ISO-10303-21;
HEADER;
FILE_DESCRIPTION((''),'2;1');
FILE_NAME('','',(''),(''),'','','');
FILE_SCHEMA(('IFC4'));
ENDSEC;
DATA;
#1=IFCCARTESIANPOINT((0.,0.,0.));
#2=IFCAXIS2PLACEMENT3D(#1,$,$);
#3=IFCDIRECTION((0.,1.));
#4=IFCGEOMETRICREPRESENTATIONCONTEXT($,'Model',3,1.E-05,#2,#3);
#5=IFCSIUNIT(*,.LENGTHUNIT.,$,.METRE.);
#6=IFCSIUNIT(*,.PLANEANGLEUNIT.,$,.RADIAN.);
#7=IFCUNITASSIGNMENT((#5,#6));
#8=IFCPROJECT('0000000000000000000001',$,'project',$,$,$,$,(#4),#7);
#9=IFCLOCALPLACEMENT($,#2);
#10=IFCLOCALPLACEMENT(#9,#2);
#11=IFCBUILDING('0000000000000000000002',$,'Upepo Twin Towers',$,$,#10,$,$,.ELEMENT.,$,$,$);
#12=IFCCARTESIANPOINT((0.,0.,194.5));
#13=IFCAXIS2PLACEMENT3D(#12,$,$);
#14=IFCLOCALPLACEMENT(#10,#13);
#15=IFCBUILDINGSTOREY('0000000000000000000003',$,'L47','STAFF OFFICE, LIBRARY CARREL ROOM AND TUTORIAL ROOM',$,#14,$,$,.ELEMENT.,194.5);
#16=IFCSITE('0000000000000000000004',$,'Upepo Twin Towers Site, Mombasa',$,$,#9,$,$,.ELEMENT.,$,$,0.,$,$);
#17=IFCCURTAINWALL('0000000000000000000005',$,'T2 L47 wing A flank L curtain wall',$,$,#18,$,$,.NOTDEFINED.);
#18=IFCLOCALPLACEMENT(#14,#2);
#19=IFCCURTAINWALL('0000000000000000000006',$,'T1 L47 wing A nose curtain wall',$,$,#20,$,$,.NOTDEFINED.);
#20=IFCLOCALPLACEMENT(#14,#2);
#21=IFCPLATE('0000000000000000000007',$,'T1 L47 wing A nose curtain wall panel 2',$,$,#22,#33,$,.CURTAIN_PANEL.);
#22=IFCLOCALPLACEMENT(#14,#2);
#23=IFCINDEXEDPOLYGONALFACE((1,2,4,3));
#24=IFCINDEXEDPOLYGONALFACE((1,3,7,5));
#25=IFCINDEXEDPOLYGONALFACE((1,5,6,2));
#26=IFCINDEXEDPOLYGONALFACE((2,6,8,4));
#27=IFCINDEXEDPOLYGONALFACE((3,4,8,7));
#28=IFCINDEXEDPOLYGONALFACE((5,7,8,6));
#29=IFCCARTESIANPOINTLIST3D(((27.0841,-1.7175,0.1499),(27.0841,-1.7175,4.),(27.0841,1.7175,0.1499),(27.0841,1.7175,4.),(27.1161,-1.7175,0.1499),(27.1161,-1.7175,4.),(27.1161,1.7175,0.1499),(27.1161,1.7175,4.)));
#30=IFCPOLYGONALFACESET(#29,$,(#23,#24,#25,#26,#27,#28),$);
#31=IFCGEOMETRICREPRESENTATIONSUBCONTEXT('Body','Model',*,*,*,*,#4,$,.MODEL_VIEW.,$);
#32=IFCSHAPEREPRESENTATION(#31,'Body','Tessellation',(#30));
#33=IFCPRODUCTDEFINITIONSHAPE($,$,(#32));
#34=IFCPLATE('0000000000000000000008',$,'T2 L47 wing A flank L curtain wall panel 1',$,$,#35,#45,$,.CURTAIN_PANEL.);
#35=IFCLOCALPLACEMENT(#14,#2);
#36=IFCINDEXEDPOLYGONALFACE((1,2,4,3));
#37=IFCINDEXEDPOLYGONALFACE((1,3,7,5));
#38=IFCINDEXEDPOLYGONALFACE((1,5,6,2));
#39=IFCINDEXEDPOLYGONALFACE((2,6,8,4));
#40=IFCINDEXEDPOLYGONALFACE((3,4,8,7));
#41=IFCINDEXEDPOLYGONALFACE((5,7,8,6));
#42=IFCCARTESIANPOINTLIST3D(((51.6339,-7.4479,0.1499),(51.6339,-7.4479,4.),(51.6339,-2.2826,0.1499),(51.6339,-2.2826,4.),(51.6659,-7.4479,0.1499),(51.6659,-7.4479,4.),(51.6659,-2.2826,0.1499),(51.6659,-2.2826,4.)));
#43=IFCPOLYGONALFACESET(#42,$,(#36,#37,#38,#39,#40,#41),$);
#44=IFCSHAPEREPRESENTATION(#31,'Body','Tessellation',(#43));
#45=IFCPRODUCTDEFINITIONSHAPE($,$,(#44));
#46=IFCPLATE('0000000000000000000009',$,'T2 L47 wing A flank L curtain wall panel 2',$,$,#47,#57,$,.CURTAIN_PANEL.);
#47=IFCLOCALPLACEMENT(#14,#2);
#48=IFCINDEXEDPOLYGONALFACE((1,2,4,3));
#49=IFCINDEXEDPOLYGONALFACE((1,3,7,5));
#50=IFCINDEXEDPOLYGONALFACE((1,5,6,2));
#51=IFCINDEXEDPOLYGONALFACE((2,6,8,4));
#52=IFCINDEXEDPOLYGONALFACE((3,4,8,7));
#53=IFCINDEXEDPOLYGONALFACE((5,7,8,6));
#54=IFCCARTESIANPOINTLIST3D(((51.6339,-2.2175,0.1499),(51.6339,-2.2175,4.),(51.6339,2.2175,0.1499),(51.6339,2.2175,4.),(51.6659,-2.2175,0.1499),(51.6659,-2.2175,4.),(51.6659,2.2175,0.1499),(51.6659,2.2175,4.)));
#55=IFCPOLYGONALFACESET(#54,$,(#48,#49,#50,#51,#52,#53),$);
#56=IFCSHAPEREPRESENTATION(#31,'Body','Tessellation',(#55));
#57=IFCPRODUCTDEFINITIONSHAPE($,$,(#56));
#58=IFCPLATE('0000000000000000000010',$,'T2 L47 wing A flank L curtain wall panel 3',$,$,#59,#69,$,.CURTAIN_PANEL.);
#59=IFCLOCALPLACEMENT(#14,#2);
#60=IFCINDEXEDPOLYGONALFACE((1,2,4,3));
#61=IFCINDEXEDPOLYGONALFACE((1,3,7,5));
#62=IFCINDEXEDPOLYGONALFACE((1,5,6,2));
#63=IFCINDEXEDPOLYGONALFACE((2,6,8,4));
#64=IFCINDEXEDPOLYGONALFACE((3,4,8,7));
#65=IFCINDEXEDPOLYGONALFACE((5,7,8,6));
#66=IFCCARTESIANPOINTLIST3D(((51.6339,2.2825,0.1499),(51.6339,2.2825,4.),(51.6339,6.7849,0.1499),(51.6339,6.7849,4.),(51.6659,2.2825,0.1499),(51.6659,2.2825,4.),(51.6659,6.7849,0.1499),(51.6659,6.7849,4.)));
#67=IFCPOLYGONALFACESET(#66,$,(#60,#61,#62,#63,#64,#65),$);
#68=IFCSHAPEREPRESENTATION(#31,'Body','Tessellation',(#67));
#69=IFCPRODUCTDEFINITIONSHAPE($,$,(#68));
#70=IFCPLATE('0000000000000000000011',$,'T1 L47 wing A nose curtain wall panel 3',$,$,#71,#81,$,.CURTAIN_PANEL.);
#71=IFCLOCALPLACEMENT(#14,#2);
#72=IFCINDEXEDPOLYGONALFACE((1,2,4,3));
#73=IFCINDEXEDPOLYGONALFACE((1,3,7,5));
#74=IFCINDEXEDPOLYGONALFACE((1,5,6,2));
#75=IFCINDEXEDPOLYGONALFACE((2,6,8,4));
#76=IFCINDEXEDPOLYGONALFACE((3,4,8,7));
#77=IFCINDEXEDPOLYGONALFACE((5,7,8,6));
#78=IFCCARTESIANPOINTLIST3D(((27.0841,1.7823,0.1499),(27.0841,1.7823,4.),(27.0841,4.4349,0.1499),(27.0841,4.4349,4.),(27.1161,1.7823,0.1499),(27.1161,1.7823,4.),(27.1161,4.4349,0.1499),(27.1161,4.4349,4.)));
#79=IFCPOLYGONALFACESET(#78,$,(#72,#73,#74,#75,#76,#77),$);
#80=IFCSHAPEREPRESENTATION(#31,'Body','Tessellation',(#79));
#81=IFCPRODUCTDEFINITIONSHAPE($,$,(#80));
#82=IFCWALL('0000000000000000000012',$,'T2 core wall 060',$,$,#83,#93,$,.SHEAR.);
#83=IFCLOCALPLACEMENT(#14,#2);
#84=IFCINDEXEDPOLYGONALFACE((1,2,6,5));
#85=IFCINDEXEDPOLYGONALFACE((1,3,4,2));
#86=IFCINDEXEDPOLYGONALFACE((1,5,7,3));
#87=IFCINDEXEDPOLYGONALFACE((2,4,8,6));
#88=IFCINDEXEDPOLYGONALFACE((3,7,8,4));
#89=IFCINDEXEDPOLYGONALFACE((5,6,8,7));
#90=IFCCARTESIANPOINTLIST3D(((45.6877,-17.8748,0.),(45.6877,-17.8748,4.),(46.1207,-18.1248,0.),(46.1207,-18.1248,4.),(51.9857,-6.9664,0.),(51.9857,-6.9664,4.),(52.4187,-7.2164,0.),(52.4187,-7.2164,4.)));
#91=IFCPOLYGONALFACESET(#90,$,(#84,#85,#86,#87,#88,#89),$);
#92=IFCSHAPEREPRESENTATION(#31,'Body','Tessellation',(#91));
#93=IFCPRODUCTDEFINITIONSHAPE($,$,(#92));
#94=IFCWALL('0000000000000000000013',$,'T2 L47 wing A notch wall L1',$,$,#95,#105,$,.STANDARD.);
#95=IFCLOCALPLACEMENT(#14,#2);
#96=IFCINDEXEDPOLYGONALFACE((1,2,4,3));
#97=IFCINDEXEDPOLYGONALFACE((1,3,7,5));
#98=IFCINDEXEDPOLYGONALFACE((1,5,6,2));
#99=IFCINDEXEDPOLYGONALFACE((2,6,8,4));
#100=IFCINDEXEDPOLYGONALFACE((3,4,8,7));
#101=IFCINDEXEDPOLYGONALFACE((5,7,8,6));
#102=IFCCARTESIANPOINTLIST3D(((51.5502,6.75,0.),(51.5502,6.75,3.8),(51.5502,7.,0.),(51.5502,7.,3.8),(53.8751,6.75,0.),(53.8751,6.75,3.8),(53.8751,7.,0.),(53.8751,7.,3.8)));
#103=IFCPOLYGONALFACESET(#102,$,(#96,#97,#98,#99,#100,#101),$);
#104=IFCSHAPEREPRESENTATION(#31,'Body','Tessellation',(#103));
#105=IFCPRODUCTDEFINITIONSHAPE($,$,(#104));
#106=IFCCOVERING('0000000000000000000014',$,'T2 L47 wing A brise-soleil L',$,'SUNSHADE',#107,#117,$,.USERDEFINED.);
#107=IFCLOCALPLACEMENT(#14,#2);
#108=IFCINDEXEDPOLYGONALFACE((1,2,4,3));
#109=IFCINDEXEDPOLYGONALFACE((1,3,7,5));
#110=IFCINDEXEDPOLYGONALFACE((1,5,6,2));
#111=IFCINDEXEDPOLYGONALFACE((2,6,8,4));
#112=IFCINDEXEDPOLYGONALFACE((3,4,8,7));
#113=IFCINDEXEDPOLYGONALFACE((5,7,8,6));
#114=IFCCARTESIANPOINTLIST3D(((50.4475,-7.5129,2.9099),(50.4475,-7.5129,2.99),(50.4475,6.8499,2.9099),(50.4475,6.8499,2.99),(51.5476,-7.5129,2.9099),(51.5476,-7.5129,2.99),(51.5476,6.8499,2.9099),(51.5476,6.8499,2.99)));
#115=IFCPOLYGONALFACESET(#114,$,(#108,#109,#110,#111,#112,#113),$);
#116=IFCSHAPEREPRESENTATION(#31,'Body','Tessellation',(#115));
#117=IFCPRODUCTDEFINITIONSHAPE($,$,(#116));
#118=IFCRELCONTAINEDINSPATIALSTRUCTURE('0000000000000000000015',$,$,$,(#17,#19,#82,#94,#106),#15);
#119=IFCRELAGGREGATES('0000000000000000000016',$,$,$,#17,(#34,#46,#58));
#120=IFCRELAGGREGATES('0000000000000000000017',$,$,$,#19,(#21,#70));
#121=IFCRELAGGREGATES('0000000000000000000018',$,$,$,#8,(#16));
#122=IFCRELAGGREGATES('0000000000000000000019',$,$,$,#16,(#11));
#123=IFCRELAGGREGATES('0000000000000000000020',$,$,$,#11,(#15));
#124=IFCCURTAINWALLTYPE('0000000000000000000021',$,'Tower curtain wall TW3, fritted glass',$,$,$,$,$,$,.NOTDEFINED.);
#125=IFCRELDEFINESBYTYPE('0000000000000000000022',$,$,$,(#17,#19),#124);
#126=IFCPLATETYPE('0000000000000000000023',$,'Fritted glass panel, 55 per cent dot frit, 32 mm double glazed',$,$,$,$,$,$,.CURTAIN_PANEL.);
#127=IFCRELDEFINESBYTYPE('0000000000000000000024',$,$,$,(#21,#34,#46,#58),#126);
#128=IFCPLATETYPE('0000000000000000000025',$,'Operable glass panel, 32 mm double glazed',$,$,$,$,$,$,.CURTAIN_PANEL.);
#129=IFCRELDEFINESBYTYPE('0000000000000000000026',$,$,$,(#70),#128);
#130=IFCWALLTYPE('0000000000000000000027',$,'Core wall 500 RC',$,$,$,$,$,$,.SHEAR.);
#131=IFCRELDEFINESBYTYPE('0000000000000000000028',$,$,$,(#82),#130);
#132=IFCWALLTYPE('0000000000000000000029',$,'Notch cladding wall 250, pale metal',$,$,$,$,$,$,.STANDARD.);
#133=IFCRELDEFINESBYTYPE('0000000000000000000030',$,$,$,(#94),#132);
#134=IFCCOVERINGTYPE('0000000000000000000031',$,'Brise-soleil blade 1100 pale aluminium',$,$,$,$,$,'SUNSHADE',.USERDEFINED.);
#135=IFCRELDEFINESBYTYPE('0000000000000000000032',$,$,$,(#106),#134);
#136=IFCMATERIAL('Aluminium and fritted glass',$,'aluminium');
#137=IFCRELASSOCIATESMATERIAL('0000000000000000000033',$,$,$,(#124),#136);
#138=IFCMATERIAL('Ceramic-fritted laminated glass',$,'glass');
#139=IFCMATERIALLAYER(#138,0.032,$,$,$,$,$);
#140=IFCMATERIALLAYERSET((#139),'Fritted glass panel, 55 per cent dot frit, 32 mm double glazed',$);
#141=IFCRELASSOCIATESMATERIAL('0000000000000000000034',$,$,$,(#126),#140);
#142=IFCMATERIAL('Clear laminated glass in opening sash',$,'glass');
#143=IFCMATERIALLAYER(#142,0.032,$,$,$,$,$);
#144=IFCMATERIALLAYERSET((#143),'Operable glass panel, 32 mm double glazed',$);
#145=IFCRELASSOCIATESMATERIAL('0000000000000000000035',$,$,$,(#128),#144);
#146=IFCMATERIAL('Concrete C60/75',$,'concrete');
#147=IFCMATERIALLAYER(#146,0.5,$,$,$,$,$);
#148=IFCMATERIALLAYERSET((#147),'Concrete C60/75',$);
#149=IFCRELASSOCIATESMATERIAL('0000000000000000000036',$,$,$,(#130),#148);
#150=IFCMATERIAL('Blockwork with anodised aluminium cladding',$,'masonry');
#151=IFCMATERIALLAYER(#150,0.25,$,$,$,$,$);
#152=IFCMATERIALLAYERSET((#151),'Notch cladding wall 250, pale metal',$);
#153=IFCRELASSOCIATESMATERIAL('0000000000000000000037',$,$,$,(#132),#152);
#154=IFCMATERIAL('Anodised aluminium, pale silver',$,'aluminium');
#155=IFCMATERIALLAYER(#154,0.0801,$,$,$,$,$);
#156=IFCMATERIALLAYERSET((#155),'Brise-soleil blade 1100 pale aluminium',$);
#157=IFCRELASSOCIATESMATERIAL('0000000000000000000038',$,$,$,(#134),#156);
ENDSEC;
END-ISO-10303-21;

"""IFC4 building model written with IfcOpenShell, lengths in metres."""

from ifc_helpers import new_model, si_unit, direction, frame, frame_2d, origin, origin_2d, place, context, subcontext, project, spatial, rectangle, extrude, material, layer, layer_set, type_object, element, aggregate, save


model = new_model("IFC4")

# Units and contexts
model_context = context("Model", 3, precision=1e-05, world=origin(), true_north=direction((0.0, 1.0)))
body_context = subcontext(model_context, "Body", "Model", "MODEL_VIEW")
ifc_project = project(units=[si_unit("LENGTHUNIT", "METRE"), si_unit("PLANEANGLEUNIT", "RADIAN")], contexts=[model_context])

# Site, building, storey
site_placement = place(None, origin())
site = spatial("IfcSite", under=ifc_project, at=site_placement, Name="Upepo Twin Towers Site, Mombasa", CompositionType="ELEMENT", RefElevation=0.0)
building_placement = place(site_placement, origin())
building = spatial("IfcBuilding", under=site, at=building_placement, Name="Upepo Twin Towers", CompositionType="ELEMENT")
storey_placement = place(building_placement, frame((0.0, 0.0, 194.5)))
storey = spatial("IfcBuildingStorey", under=building, at=storey_placement, Name="L47", Description="STAFF OFFICE, LIBRARY CARREL ROOM AND TUTORIAL ROOM", CompositionType="ELEMENT", Elevation=194.5)

# Curtain wall
ifc_material_1 = material(Name="Aluminium and fritted glass", Category="aluminium")
curtain_wall_type = type_object("IfcCurtainWallType", Name="Tower curtain wall TW3, fritted glass", PredefinedType="NOTDEFINED", material=ifc_material_1)
curtain_wall_1_placement = place(storey_placement, origin())
curtain_wall_1 = element("IfcCurtainWall", 1, at=curtain_wall_1_placement, inside=storey, type_object=curtain_wall_type, Name="T2 L47 wing A flank L curtain wall", PredefinedType="NOTDEFINED")

# Curtain wall
curtain_wall_2_placement = place(storey_placement, origin())
curtain_wall_2 = element("IfcCurtainWall", 2, at=curtain_wall_2_placement, inside=storey, type_object=curtain_wall_type, Name="T1 L47 wing A nose curtain wall", PredefinedType="NOTDEFINED")

# Plates
ifc_material_2 = material(Name="Ceramic-fritted laminated glass", Category="glass")
ifc_layer_1 = layer(ifc_material_2, 0.032)
ifc_layer_set_1 = layer_set([ifc_layer_1], Name="Fritted glass panel, 55 per cent dot frit, 32 mm double glazed")
plate_type_1 = type_object("IfcPlateType", Name="Fritted glass panel, 55 per cent dot frit, 32 mm double glazed", PredefinedType="CURTAIN_PANEL", material=ifc_layer_set_1)
plate_1_placement = place(storey_placement, frame((27.1001, 0.0, 0.1499), z_axis=(0.0, 0.0, 1.0), x_axis=(0.0, 1.0, 0.0)))
plate_1 = element("IfcPlate", 3, at=plate_1_placement, type_object=plate_type_1, Name="T1 L47 wing A nose curtain wall panel 2", PredefinedType="CURTAIN_PANEL", context=body_context, shape_type="SweptSolid", body=[
    extrude(rectangle(XDim=3.4351, YDim=0.032, at=origin_2d()), origin(), (0.0, 0.0, 1.0), 3.8501),
])
plate_2_placement = place(storey_placement, frame((51.6499, -4.8652, 0.1499), z_axis=(0.0, 0.0, 1.0), x_axis=(0.0, 1.0, 0.0)))
plate_2 = element("IfcPlate", 4, at=plate_2_placement, type_object=plate_type_1, Name="T2 L47 wing A flank L curtain wall panel 1", PredefinedType="CURTAIN_PANEL", context=body_context, shape_type="SweptSolid", body=[
    extrude(rectangle(XDim=5.1653, YDim=0.032, at=origin_2d()), origin(), (0.0, 0.0, 1.0), 3.8501),
])
plate_3_placement = place(storey_placement, frame((51.6499, 0.0, 0.1499), z_axis=(0.0, 0.0, 1.0), x_axis=(0.0, 1.0, 0.0)))
plate_3 = element("IfcPlate", 5, at=plate_3_placement, type_object=plate_type_1, Name="T2 L47 wing A flank L curtain wall panel 2", PredefinedType="CURTAIN_PANEL", context=body_context, shape_type="SweptSolid", body=[
    extrude(rectangle(XDim=4.4351, YDim=0.032, at=origin_2d()), origin(), (0.0, 0.0, 1.0), 3.8501),
])
plate_4_placement = place(storey_placement, frame((51.6499, 4.5337, 0.1499), z_axis=(0.0, 0.0, 1.0), x_axis=(0.0, 1.0, 0.0)))
plate_4 = element("IfcPlate", 6, at=plate_4_placement, type_object=plate_type_1, Name="T2 L47 wing A flank L curtain wall panel 3", PredefinedType="CURTAIN_PANEL", context=body_context, shape_type="SweptSolid", body=[
    extrude(rectangle(XDim=4.5024, YDim=0.032, at=origin_2d()), origin(), (0.0, 0.0, 1.0), 3.8501),
])
aggregate(curtain_wall_1, [plate_2, plate_3, plate_4])
ifc_material_3 = material(Name="Clear laminated glass in opening sash", Category="glass")
ifc_layer_2 = layer(ifc_material_3, 0.032)
ifc_layer_set_2 = layer_set([ifc_layer_2], Name="Operable glass panel, 32 mm double glazed")
plate_type_2 = type_object("IfcPlateType", Name="Operable glass panel, 32 mm double glazed", PredefinedType="CURTAIN_PANEL", material=ifc_layer_set_2)
plate_5_placement = place(storey_placement, frame((27.1001, 3.1086, 0.1499), z_axis=(0.0, 0.0, 1.0), x_axis=(0.0, 1.0, 0.0)))
plate_5 = element("IfcPlate", 7, at=plate_5_placement, type_object=plate_type_2, Name="T1 L47 wing A nose curtain wall panel 3", PredefinedType="CURTAIN_PANEL", context=body_context, shape_type="SweptSolid", body=[
    extrude(rectangle(XDim=2.6526, YDim=0.032, at=origin_2d()), origin(), (0.0, 0.0, 1.0), 3.8501),
])
aggregate(curtain_wall_2, [plate_1, plate_5])

# Walls
ifc_material_4 = material(Name="Concrete C60/75", Category="concrete")
ifc_layer_3 = layer(ifc_material_4, 0.5)
ifc_layer_set_3 = layer_set([ifc_layer_3], Name="Concrete C60/75")
wall_type_1 = type_object("IfcWallType", Name="Core wall 500 RC", PredefinedType="SHEAR", material=ifc_layer_set_3)
wall_1_placement = place(storey_placement, frame((52.2021, -7.0916, 0.0), z_axis=(0.0, 0.0, 1.0), x_axis=(-0.500006, -0.866022, 0.0)))
element("IfcWall", 8, at=wall_1_placement, inside=storey, type_object=wall_type_1, Name="T2 core wall 060", PredefinedType="SHEAR", context=body_context, shape_type="SweptSolid", body=[
    extrude(rectangle(XDim=12.5959, YDim=0.5, at=frame_2d((6.2979, 0.0))), origin(), (0.0, 0.0, 1.0), 4.0),
])
ifc_material_5 = material(Name="Blockwork with anodised aluminium cladding", Category="masonry")
ifc_layer_4 = layer(ifc_material_5, 0.25)
ifc_layer_set_4 = layer_set([ifc_layer_4], Name="Notch cladding wall 250, pale metal")
wall_type_2 = type_object("IfcWallType", Name="Notch cladding wall 250, pale metal", PredefinedType="STANDARD", material=ifc_layer_set_4)
wall_2_placement = place(storey_placement, frame((51.55, 6.875, 0.0), z_axis=(0.0, 0.0, 1.0), x_axis=(1.0, 0.0, 0.0)))
element("IfcWall", 9, at=wall_2_placement, inside=storey, type_object=wall_type_2, Name="T2 L47 wing A notch wall L1", PredefinedType="STANDARD", context=body_context, shape_type="SweptSolid", body=[
    extrude(rectangle(XDim=2.325, YDim=0.25, at=frame_2d((1.1626, 0.0))), origin(), (0.0, 0.0, 1.0), 3.8),
])

# Covering
ifc_material_6 = material(Name="Anodised aluminium, pale silver", Category="aluminium")
ifc_layer_5 = layer(ifc_material_6, 0.0801)
ifc_layer_set_5 = layer_set([ifc_layer_5], Name="Brise-soleil blade 1100 pale aluminium")
covering_type = type_object("IfcCoveringType", Name="Brise-soleil blade 1100 pale aluminium", ElementType="SUNSHADE", PredefinedType="USERDEFINED", material=ifc_layer_set_5)
covering_placement = place(storey_placement, frame((50.9976, -0.3315, 2.9099), z_axis=(0.0, 0.0, 1.0), x_axis=(0.0, 1.0, 0.0)))
element("IfcCovering", 10, at=covering_placement, inside=storey, type_object=covering_type, Name="T2 L47 wing A brise-soleil L", ObjectType="SUNSHADE", PredefinedType="USERDEFINED", context=body_context, shape_type="SweptSolid", body=[
    extrude(rectangle(XDim=14.3628, YDim=1.1001, at=origin_2d()), origin(), (0.0, 0.0, 1.0), 0.0801),
])

save(model, "model.ifc")
